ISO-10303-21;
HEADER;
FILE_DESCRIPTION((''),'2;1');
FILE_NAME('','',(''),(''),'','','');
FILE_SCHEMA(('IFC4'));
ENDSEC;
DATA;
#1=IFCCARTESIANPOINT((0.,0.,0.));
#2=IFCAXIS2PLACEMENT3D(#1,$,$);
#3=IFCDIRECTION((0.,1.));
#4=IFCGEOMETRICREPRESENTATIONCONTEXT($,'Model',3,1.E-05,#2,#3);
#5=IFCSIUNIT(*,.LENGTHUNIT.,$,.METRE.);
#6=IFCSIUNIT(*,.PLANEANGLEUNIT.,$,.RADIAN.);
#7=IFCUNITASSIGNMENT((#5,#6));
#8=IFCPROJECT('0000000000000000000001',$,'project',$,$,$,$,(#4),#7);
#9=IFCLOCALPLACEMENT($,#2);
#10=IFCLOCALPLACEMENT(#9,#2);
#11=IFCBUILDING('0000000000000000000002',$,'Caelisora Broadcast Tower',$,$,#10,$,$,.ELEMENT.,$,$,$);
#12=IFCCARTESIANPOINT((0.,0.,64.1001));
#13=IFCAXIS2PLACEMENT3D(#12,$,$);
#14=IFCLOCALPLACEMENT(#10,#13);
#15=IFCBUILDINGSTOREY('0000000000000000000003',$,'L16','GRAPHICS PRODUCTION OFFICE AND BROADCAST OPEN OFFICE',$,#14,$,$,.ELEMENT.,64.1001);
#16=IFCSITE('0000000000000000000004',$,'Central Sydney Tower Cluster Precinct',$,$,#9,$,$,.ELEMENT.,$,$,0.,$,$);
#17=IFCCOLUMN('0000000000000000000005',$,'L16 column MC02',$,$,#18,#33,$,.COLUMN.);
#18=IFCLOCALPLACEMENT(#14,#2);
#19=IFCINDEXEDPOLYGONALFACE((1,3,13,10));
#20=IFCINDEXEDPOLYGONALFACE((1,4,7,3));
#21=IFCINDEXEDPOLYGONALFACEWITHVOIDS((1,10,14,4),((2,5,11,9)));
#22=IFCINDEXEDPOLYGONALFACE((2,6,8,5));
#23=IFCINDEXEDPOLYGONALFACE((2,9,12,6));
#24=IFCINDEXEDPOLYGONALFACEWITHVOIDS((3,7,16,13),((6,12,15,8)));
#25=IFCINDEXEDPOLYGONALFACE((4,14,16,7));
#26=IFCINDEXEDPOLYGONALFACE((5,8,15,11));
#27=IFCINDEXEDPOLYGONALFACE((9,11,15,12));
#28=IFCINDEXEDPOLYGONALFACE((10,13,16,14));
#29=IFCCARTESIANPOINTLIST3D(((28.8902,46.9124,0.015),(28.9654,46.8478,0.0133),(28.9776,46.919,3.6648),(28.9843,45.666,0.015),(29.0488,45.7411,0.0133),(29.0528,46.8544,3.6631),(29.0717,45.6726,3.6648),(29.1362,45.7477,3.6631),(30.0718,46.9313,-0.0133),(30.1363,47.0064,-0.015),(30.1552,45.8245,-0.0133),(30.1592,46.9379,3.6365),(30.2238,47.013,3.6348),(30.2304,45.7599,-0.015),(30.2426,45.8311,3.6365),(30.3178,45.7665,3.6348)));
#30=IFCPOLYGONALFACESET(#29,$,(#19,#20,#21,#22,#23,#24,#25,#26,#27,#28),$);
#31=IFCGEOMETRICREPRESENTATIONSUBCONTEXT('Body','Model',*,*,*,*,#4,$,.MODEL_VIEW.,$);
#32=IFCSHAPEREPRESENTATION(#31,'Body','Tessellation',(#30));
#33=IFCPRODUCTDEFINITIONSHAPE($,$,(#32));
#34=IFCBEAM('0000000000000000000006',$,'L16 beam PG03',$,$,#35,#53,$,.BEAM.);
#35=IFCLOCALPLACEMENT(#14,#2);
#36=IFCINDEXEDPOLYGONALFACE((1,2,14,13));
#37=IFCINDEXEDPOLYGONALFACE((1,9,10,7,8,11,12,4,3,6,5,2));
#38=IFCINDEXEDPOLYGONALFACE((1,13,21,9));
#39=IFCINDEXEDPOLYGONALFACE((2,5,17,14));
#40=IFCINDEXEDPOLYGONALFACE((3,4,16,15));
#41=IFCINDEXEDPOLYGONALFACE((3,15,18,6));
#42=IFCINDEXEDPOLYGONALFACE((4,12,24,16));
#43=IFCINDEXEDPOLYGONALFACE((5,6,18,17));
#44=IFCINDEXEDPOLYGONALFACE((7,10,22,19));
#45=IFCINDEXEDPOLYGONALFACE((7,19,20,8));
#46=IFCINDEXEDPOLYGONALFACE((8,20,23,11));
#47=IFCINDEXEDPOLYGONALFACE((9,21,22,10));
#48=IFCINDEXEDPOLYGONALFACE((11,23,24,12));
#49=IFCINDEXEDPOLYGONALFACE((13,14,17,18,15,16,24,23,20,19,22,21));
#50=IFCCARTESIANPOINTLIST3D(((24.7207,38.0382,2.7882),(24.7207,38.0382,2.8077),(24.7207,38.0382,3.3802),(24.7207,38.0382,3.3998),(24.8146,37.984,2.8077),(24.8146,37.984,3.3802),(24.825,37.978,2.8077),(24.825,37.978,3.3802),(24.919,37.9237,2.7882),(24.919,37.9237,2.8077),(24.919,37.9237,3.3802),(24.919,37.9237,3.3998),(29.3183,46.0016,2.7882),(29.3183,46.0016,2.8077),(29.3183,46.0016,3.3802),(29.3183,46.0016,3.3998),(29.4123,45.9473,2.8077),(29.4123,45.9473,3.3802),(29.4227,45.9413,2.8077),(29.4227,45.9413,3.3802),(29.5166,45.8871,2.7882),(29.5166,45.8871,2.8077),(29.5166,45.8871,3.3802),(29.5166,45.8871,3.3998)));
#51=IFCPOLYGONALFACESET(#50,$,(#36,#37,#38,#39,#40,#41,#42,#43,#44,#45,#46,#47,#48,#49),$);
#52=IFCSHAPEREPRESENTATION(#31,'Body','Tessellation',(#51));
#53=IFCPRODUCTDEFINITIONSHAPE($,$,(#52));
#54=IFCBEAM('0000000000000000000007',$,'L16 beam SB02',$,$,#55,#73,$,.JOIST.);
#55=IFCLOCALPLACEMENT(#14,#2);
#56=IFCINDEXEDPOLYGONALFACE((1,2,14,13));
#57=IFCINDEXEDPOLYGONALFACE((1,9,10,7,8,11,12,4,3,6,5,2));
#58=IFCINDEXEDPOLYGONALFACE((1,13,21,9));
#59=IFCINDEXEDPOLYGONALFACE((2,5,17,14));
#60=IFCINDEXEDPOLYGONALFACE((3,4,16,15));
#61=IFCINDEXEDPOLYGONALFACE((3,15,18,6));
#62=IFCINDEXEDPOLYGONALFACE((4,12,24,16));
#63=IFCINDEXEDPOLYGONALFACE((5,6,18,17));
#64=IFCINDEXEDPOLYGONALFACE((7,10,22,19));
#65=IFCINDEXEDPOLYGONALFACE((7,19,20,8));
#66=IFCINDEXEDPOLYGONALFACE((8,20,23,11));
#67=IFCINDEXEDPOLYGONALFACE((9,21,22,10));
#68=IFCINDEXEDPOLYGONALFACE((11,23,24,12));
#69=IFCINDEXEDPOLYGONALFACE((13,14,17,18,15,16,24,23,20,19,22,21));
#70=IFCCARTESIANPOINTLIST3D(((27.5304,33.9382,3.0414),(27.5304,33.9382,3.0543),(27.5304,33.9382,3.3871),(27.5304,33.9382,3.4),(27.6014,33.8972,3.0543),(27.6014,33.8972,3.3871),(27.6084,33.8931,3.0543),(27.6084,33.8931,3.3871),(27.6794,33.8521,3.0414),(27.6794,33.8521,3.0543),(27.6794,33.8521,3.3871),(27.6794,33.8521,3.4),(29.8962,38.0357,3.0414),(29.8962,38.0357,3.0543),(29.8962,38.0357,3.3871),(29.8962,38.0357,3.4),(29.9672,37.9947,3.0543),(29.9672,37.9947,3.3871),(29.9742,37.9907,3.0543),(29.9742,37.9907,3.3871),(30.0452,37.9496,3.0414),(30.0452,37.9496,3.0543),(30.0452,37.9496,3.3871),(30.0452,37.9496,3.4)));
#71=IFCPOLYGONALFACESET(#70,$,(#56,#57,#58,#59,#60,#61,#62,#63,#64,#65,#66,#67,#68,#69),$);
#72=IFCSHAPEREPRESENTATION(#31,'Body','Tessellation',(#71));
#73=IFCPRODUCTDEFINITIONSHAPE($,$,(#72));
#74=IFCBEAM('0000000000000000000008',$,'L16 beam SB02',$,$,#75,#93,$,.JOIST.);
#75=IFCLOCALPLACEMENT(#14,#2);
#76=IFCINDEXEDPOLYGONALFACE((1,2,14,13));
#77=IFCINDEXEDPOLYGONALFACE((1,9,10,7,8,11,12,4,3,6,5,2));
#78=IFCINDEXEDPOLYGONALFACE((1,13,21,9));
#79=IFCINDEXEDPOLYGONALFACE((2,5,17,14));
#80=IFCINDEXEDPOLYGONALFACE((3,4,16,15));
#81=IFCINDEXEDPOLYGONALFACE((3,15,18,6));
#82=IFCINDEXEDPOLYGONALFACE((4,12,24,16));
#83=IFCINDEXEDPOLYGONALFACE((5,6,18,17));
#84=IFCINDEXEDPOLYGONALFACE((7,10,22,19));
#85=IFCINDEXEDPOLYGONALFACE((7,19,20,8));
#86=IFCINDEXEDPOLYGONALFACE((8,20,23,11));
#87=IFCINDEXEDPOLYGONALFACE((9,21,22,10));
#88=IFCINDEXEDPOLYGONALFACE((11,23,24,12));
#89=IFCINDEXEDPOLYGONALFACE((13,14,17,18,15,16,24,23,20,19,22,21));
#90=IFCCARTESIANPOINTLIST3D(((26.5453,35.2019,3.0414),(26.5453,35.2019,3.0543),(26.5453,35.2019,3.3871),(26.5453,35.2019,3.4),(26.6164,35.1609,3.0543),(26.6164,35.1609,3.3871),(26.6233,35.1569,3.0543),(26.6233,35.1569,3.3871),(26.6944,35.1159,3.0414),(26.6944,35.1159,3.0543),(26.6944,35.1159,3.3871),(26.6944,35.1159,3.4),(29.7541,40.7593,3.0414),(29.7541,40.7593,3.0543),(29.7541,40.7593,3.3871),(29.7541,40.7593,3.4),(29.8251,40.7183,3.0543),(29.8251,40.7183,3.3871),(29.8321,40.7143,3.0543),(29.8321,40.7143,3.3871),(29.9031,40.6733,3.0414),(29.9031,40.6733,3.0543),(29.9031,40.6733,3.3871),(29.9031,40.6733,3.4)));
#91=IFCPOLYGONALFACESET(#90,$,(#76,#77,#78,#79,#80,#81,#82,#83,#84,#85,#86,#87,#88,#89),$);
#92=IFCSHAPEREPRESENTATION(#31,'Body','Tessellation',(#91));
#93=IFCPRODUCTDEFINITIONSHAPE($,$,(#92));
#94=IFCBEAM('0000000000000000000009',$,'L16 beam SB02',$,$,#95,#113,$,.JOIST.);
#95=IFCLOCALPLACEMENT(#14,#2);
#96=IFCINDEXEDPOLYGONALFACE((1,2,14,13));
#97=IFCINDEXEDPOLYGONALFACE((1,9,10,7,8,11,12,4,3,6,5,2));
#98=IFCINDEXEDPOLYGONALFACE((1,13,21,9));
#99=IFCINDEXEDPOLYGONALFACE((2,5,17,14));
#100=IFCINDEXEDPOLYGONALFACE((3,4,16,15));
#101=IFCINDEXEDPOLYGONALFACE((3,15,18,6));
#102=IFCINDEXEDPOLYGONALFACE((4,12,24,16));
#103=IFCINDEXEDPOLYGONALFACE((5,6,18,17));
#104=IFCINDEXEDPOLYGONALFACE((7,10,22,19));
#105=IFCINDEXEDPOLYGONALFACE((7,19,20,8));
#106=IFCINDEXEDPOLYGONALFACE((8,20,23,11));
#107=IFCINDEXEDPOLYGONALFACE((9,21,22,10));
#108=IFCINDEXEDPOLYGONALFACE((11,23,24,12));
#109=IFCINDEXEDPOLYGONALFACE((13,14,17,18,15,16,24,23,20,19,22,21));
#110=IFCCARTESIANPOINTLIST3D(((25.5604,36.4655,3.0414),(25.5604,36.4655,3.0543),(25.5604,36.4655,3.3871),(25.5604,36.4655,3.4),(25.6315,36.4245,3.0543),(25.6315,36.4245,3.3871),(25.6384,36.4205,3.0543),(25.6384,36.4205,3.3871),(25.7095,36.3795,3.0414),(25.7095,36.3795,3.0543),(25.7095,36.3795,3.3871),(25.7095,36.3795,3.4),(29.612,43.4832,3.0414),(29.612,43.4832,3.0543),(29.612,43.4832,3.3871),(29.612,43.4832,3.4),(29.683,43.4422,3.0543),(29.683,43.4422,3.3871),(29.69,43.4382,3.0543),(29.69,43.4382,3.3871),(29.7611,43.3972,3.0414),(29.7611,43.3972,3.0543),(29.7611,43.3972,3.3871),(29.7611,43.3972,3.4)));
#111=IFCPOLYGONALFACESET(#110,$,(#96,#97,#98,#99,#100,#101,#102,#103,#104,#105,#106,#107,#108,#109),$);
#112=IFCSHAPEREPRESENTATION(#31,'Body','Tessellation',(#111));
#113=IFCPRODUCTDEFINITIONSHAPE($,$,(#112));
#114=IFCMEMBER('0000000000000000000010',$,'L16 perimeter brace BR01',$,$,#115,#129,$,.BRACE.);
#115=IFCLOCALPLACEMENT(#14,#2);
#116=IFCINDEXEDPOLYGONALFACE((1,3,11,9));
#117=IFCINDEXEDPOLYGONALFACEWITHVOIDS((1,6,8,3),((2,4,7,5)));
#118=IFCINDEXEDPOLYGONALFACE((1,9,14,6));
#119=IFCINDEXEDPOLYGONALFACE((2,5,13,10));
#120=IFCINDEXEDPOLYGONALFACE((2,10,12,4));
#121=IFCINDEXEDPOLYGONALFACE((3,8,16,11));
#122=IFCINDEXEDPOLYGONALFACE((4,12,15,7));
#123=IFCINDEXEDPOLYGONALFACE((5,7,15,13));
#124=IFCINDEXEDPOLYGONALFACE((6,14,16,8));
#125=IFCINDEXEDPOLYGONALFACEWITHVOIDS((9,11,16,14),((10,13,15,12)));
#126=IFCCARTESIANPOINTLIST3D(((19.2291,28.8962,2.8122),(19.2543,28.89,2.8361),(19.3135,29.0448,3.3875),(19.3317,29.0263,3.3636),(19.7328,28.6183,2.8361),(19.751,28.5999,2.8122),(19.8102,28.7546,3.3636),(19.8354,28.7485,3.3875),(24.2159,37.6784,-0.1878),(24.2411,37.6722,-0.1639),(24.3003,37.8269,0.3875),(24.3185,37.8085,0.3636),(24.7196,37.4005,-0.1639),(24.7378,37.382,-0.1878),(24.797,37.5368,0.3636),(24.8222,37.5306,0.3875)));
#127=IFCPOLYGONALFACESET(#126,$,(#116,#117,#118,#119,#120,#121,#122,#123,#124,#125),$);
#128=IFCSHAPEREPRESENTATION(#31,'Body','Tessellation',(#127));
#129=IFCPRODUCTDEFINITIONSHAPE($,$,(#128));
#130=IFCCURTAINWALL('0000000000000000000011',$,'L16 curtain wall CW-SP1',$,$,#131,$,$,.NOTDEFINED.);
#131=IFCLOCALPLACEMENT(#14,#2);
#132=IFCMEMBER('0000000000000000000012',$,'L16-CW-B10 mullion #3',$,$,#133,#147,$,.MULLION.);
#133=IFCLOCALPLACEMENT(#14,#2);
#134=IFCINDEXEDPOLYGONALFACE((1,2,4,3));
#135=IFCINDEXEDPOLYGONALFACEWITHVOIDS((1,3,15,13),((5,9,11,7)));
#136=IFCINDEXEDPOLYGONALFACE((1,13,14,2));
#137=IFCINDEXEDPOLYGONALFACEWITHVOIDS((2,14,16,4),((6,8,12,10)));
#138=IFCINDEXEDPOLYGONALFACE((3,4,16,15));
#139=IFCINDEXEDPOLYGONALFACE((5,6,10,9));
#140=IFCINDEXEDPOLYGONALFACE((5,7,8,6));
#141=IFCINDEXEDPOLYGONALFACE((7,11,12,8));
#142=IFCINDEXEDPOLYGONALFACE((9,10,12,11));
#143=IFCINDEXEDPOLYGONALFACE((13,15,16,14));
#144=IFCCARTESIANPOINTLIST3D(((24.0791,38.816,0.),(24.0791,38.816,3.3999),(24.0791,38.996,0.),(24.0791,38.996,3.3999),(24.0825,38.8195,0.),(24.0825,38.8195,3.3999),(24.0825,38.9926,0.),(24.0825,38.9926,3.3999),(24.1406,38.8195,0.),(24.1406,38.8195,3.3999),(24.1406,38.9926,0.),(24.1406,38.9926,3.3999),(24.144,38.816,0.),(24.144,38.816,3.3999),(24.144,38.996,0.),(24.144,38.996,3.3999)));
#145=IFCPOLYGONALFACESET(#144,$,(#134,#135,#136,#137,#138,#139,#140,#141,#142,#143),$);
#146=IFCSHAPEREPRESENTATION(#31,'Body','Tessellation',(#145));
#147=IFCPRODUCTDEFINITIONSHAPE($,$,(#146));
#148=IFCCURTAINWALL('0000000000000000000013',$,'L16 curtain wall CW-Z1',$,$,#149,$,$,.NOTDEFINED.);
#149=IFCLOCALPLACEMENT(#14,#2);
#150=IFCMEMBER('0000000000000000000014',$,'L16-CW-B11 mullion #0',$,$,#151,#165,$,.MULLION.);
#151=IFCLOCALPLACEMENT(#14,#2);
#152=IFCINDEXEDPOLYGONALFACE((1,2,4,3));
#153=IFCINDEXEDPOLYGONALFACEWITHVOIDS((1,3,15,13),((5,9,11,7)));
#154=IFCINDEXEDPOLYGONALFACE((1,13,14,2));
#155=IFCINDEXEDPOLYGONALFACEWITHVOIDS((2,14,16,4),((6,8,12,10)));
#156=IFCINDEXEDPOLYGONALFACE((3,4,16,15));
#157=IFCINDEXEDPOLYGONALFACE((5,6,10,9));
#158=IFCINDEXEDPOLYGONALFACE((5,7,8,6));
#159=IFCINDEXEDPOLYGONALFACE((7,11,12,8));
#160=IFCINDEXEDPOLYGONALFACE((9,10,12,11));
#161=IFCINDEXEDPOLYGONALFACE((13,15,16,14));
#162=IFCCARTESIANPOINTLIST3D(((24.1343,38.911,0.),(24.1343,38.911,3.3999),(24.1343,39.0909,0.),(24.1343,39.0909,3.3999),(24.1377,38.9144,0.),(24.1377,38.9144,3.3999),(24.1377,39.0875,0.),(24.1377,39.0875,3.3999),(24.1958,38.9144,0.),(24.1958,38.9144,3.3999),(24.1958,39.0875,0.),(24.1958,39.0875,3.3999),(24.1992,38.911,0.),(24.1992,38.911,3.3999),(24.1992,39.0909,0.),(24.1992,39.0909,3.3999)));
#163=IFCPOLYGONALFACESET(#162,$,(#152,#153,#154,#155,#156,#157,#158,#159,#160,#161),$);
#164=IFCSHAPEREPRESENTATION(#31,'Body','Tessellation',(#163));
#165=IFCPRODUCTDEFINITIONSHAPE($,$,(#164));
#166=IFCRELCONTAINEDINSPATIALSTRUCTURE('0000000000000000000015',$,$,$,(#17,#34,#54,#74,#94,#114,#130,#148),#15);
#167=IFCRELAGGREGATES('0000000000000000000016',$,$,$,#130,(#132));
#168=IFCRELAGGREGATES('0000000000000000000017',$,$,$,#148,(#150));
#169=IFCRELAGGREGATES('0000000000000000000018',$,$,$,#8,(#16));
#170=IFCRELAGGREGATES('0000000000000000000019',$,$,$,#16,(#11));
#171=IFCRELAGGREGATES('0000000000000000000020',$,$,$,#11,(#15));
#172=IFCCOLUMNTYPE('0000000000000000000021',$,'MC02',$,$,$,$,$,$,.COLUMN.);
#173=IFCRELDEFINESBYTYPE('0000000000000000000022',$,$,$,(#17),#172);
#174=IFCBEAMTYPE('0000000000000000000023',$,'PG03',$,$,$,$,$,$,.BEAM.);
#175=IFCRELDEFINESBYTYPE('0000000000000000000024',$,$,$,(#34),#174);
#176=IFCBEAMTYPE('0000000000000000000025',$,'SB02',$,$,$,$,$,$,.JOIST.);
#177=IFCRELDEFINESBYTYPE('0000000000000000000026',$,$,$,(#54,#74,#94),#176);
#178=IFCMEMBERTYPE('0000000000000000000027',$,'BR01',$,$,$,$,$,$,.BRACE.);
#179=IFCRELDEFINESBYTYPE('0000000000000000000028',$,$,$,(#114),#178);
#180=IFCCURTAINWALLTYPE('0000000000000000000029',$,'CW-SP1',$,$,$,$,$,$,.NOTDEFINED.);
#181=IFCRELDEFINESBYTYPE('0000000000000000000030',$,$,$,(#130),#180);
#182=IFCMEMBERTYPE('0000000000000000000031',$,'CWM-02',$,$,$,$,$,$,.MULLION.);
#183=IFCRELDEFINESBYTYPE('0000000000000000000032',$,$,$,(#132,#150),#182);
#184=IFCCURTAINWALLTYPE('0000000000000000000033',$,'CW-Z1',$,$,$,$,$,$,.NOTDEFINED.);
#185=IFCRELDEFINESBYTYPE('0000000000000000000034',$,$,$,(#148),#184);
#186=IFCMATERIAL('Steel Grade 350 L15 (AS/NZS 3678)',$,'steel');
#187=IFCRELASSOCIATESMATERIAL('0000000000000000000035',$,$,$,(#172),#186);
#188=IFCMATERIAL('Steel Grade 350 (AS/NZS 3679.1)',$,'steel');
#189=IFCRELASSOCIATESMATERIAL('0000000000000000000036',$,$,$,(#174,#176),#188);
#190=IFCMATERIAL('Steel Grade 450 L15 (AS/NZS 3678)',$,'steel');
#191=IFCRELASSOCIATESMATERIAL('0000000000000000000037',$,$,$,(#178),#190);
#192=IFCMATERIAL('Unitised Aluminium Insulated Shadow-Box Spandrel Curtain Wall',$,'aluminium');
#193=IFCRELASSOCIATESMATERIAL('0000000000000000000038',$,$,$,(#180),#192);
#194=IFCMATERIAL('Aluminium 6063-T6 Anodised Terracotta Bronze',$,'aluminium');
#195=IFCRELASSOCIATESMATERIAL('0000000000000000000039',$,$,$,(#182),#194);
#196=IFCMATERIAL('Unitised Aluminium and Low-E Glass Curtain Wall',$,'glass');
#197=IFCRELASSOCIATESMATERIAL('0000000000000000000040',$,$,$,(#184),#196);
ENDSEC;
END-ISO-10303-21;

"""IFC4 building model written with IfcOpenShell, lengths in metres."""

from ifc_helpers import new_model, si_unit, direction, frame, origin, origin_2d, place, context, subcontext, project, spatial, hollow_rectangle, i_section, extrude, source, transform, mapped, material, material_profile, profile_set, type_object, type_shapes, element, aggregate, save


model = new_model("IFC4")

# Units and contexts
model_context = context("Model", 3, precision=1e-05, world=origin(), true_north=direction((0.0, 1.0)))
body_context = subcontext(model_context, "Body", "Model", "MODEL_VIEW")
ifc_project = project(units=[si_unit("LENGTHUNIT", "METRE"), si_unit("PLANEANGLEUNIT", "RADIAN")], contexts=[model_context])

# Site, building, storey
site_placement = place(None, origin())
site = spatial("IfcSite", under=ifc_project, at=site_placement, Name="Central Sydney Tower Cluster Precinct", CompositionType="ELEMENT", RefElevation=0.0)
building_placement = place(site_placement, origin())
building = spatial("IfcBuilding", under=site, at=building_placement, Name="Caelisora Broadcast Tower", CompositionType="ELEMENT")
storey_placement = place(building_placement, frame((0.0, 0.0, 64.1001)))
storey = spatial("IfcBuildingStorey", under=building, at=storey_placement, Name="L16", Description="GRAPHICS PRODUCTION OFFICE AND BROADCAST OPEN OFFICE", CompositionType="ELEMENT", Elevation=64.1001)

# Column
ifc_material_1 = material(Name="Steel Grade 350 L15 (AS/NZS 3678)", Category="steel")
ifc_material_profile_1 = material_profile(ifc_material_1, hollow_rectangle(XDim=1.25, YDim=1.25, WallThickness=0.0701, at=origin_2d()), Name="Steel Grade 350 L15 (AS/NZS 3678)")
ifc_profile_set_1 = profile_set([ifc_material_profile_1], Name="Steel Grade 350 L15 (AS/NZS 3678)")
column_type = type_object("IfcColumnType", Name="MC02", PredefinedType="COLUMN", material=ifc_profile_set_1)
shared_shape_1 = source(origin(), body_context, "Body", "SweptSolid", [
    extrude(hollow_rectangle(XDim=1.25, YDim=1.25, WallThickness=0.0701, at=origin_2d()), origin(), (0.0, 0.0, 1.0), 3.6509),
])
type_shapes(column_type, [shared_shape_1])
column_placement = place(storey_placement, frame((29.5603, 46.3362, 0.0), z_axis=(0.02394, 0.001805, 0.999712), x_axis=(-0.075205, 0.997168, 0.0)))
element("IfcColumn", 1, at=column_placement, inside=storey, type_object=column_type, Name="L16 column MC02", PredefinedType="COLUMN", context=body_context, shape_type="MappedRepresentation", body=[
    mapped(shared_shape_1, transform((0.0, 0.0, 0.0), scale=1.0)),
])

# Beams
ifc_material_2 = material(Name="Steel Grade 350 (AS/NZS 3679.1)", Category="steel")
ifc_material_profile_2 = material_profile(ifc_material_2, i_section(OverallWidth=0.229, OverallDepth=0.6116, WebThickness=0.012, FlangeThickness=0.0195, at=origin_2d()), Name="Steel Grade 350 (AS/NZS 3679.1)")
ifc_profile_set_2 = profile_set([ifc_material_profile_2], Name="Steel Grade 350 (AS/NZS 3679.1)")
beam_type_1 = type_object("IfcBeamType", Name="PG03", PredefinedType="BEAM", material=ifc_profile_set_2)
shared_shape_2 = source(origin(), body_context, "Body", "SweptSolid", [
    extrude(i_section(OverallWidth=0.229, OverallDepth=0.6116, WebThickness=0.012, FlangeThickness=0.0195, at=origin_2d()), origin(), (0.0, 0.0, 1.0), 9.1953),
])
type_shapes(beam_type_1, [shared_shape_2])
beam_1_placement = place(storey_placement, frame((29.4175, 45.9443, 3.094), z_axis=(-0.5, -0.866026, 0.0), x_axis=(0.866026, -0.5, 0.0)))
element("IfcBeam", 2, at=beam_1_placement, inside=storey, type_object=beam_type_1, Name="L16 beam PG03", PredefinedType="BEAM", context=body_context, shape_type="MappedRepresentation", body=[
    mapped(shared_shape_2, transform((0.0, 0.0, 0.0), scale=1.0)),
])
ifc_material_profile_3 = material_profile(ifc_material_2, i_section(OverallWidth=0.1721, OverallDepth=0.3586, WebThickness=0.0081, FlangeThickness=0.0129, at=origin_2d()), Name="Steel Grade 350 (AS/NZS 3679.1)")
ifc_profile_set_3 = profile_set([ifc_material_profile_3], Name="Steel Grade 350 (AS/NZS 3679.1)")
beam_type_2 = type_object("IfcBeamType", Name="SB02", PredefinedType="JOIST", material=ifc_profile_set_3)
shared_shape_3 = source(origin(), body_context, "Body", "SweptSolid", [
    extrude(i_section(OverallWidth=0.1721, OverallDepth=0.3586, WebThickness=0.0081, FlangeThickness=0.0129, at=origin_2d()), origin(), (0.0, 0.0, 1.0), 4.7314),
])
beam_2_placement = place(storey_placement, frame((29.9707, 37.9927, 3.2207), z_axis=(-0.500013, -0.866018, 0.0), x_axis=(0.866018, -0.500013, 0.0)))
element("IfcBeam", 3, at=beam_2_placement, inside=storey, type_object=beam_type_2, Name="L16 beam SB02", PredefinedType="JOIST", context=body_context, shape_type="MappedRepresentation", body=[
    mapped(shared_shape_3, transform((0.0, 0.0, 0.0), scale=1.0)),
])
shared_shape_4 = source(origin(), body_context, "Body", "SweptSolid", [
    extrude(i_section(OverallWidth=0.1721, OverallDepth=0.3586, WebThickness=0.0081, FlangeThickness=0.0129, at=origin_2d()), origin(), (0.0, 0.0, 1.0), 6.4172),
])
beam_3_placement = place(storey_placement, frame((29.8286, 40.7163, 3.2207), z_axis=(-0.500022, -0.866013, 0.0), x_axis=(0.866013, -0.500022, 0.0)))
element("IfcBeam", 4, at=beam_3_placement, inside=storey, type_object=beam_type_2, Name="L16 beam SB02", PredefinedType="JOIST", context=body_context, shape_type="MappedRepresentation", body=[
    mapped(shared_shape_4, transform((0.0, 0.0, 0.0), scale=1.0)),
])
shared_shape_5 = source(origin(), body_context, "Body", "SweptSolid", [
    extrude(i_section(OverallWidth=0.1721, OverallDepth=0.3586, WebThickness=0.0081, FlangeThickness=0.0129, at=origin_2d()), origin(), (0.0, 0.0, 1.0), 8.1033),
])
type_shapes(beam_type_2, [shared_shape_3, shared_shape_4, shared_shape_5])
beam_4_placement = place(storey_placement, frame((29.6865, 43.4402, 3.2207), z_axis=(-0.499992, -0.86603, 0.0), x_axis=(0.86603, -0.499992, 0.0)))
element("IfcBeam", 5, at=beam_4_placement, inside=storey, type_object=beam_type_2, Name="L16 beam SB02", PredefinedType="JOIST", context=body_context, shape_type="MappedRepresentation", body=[
    mapped(shared_shape_5, transform((0.0, 0.0, 0.0), scale=1.0)),
])

# Member
ifc_material_3 = material(Name="Steel Grade 450 L15 (AS/NZS 3678)", Category="steel")
ifc_material_profile_4 = material_profile(ifc_material_3, hollow_rectangle(XDim=0.6001, YDim=0.6001, WallThickness=0.0249, at=origin_2d()), Name="Steel Grade 450 L15 (AS/NZS 3678)")
ifc_profile_set_4 = profile_set([ifc_material_profile_4], Name="Steel Grade 450 L15 (AS/NZS 3678)")
member_type_1 = type_object("IfcMemberType", Name="BR01", PredefinedType="BRACE", material=ifc_profile_set_4)
shared_shape_6 = source(origin(), body_context, "Body", "SweptSolid", [
    extrude(hollow_rectangle(XDim=0.6001, YDim=0.6001, WallThickness=0.0249, at=origin_2d()), origin(), (0.0, 0.0, 1.0), 10.5354),
])
type_shapes(member_type_1, [shared_shape_6])
member_1_placement = place(storey_placement, frame((24.519, 37.6045, 0.0999), z_axis=(-0.473337, -0.833588, 0.284753), x_axis=(0.869588, -0.493778, 0.0)))
element("IfcMember", 6, at=member_1_placement, inside=storey, type_object=member_type_1, Name="L16 perimeter brace BR01", PredefinedType="BRACE", context=body_context, shape_type="MappedRepresentation", body=[
    mapped(shared_shape_6, transform((0.0, 0.0, 0.0), scale=1.0)),
])

# Curtain wall, member
ifc_material_4 = material(Name="Unitised Aluminium Insulated Shadow-Box Spandrel Curtain Wall", Category="aluminium")
curtain_wall_type_1 = type_object("IfcCurtainWallType", Name="CW-SP1", PredefinedType="NOTDEFINED", material=ifc_material_4)
curtain_wall_1_placement = place(storey_placement, origin())
curtain_wall_1 = element("IfcCurtainWall", 7, at=curtain_wall_1_placement, inside=storey, type_object=curtain_wall_type_1, Name="L16 curtain wall CW-SP1", PredefinedType="NOTDEFINED")
ifc_material_5 = material(Name="Aluminium 6063-T6 Anodised Terracotta Bronze", Category="aluminium")
ifc_material_profile_5 = material_profile(ifc_material_5, hollow_rectangle(XDim=0.0649, YDim=0.1799, WallThickness=0.0034, at=origin_2d()), Name="Aluminium 6063-T6 Anodised Terracotta Bronze")
ifc_profile_set_5 = profile_set([ifc_material_profile_5], Name="Aluminium 6063-T6 Anodised Terracotta Bronze")
member_type_2 = type_object("IfcMemberType", Name="CWM-02", PredefinedType="MULLION", material=ifc_profile_set_5)
shared_shape_7 = source(origin(), body_context, "Body", "SweptSolid", [
    extrude(hollow_rectangle(XDim=0.0649, YDim=0.1799, WallThickness=0.0034, at=origin_2d()), origin(), (0.0, 0.0, 1.0), 3.3999),
])
type_shapes(member_type_2, [shared_shape_7])
member_2_placement = place(storey_placement, frame((24.1116, 38.906, 0.0), z_axis=(0.0, 0.0, 1.0), x_axis=(1.0, 0.0, 0.0)))
member_2 = element("IfcMember", 8, at=member_2_placement, type_object=member_type_2, Name="L16-CW-B10 mullion #3", PredefinedType="MULLION", context=body_context, shape_type="MappedRepresentation", body=[
    mapped(shared_shape_7, transform((0.0, 0.0, 0.0), scale=1.0)),
])
aggregate(curtain_wall_1, [member_2])

# Curtain wall, member
ifc_material_6 = material(Name="Unitised Aluminium and Low-E Glass Curtain Wall", Category="glass")
curtain_wall_type_2 = type_object("IfcCurtainWallType", Name="CW-Z1", PredefinedType="NOTDEFINED", material=ifc_material_6)
curtain_wall_2_placement = place(storey_placement, origin())
curtain_wall_2 = element("IfcCurtainWall", 9, at=curtain_wall_2_placement, inside=storey, type_object=curtain_wall_type_2, Name="L16 curtain wall CW-Z1", PredefinedType="NOTDEFINED")
member_3_placement = place(storey_placement, frame((24.1667, 39.001, 0.0), z_axis=(0.0, 0.0, 1.0), x_axis=(1.0, 0.0, 0.0)))
member_3 = element("IfcMember", 10, at=member_3_placement, type_object=member_type_2, Name="L16-CW-B11 mullion #0", PredefinedType="MULLION", context=body_context, shape_type="MappedRepresentation", body=[
    mapped(shared_shape_7, transform((0.0, 0.0, 0.0), scale=1.0)),
])

aggregate(curtain_wall_2, [member_3])

save(model, "model.ifc")
